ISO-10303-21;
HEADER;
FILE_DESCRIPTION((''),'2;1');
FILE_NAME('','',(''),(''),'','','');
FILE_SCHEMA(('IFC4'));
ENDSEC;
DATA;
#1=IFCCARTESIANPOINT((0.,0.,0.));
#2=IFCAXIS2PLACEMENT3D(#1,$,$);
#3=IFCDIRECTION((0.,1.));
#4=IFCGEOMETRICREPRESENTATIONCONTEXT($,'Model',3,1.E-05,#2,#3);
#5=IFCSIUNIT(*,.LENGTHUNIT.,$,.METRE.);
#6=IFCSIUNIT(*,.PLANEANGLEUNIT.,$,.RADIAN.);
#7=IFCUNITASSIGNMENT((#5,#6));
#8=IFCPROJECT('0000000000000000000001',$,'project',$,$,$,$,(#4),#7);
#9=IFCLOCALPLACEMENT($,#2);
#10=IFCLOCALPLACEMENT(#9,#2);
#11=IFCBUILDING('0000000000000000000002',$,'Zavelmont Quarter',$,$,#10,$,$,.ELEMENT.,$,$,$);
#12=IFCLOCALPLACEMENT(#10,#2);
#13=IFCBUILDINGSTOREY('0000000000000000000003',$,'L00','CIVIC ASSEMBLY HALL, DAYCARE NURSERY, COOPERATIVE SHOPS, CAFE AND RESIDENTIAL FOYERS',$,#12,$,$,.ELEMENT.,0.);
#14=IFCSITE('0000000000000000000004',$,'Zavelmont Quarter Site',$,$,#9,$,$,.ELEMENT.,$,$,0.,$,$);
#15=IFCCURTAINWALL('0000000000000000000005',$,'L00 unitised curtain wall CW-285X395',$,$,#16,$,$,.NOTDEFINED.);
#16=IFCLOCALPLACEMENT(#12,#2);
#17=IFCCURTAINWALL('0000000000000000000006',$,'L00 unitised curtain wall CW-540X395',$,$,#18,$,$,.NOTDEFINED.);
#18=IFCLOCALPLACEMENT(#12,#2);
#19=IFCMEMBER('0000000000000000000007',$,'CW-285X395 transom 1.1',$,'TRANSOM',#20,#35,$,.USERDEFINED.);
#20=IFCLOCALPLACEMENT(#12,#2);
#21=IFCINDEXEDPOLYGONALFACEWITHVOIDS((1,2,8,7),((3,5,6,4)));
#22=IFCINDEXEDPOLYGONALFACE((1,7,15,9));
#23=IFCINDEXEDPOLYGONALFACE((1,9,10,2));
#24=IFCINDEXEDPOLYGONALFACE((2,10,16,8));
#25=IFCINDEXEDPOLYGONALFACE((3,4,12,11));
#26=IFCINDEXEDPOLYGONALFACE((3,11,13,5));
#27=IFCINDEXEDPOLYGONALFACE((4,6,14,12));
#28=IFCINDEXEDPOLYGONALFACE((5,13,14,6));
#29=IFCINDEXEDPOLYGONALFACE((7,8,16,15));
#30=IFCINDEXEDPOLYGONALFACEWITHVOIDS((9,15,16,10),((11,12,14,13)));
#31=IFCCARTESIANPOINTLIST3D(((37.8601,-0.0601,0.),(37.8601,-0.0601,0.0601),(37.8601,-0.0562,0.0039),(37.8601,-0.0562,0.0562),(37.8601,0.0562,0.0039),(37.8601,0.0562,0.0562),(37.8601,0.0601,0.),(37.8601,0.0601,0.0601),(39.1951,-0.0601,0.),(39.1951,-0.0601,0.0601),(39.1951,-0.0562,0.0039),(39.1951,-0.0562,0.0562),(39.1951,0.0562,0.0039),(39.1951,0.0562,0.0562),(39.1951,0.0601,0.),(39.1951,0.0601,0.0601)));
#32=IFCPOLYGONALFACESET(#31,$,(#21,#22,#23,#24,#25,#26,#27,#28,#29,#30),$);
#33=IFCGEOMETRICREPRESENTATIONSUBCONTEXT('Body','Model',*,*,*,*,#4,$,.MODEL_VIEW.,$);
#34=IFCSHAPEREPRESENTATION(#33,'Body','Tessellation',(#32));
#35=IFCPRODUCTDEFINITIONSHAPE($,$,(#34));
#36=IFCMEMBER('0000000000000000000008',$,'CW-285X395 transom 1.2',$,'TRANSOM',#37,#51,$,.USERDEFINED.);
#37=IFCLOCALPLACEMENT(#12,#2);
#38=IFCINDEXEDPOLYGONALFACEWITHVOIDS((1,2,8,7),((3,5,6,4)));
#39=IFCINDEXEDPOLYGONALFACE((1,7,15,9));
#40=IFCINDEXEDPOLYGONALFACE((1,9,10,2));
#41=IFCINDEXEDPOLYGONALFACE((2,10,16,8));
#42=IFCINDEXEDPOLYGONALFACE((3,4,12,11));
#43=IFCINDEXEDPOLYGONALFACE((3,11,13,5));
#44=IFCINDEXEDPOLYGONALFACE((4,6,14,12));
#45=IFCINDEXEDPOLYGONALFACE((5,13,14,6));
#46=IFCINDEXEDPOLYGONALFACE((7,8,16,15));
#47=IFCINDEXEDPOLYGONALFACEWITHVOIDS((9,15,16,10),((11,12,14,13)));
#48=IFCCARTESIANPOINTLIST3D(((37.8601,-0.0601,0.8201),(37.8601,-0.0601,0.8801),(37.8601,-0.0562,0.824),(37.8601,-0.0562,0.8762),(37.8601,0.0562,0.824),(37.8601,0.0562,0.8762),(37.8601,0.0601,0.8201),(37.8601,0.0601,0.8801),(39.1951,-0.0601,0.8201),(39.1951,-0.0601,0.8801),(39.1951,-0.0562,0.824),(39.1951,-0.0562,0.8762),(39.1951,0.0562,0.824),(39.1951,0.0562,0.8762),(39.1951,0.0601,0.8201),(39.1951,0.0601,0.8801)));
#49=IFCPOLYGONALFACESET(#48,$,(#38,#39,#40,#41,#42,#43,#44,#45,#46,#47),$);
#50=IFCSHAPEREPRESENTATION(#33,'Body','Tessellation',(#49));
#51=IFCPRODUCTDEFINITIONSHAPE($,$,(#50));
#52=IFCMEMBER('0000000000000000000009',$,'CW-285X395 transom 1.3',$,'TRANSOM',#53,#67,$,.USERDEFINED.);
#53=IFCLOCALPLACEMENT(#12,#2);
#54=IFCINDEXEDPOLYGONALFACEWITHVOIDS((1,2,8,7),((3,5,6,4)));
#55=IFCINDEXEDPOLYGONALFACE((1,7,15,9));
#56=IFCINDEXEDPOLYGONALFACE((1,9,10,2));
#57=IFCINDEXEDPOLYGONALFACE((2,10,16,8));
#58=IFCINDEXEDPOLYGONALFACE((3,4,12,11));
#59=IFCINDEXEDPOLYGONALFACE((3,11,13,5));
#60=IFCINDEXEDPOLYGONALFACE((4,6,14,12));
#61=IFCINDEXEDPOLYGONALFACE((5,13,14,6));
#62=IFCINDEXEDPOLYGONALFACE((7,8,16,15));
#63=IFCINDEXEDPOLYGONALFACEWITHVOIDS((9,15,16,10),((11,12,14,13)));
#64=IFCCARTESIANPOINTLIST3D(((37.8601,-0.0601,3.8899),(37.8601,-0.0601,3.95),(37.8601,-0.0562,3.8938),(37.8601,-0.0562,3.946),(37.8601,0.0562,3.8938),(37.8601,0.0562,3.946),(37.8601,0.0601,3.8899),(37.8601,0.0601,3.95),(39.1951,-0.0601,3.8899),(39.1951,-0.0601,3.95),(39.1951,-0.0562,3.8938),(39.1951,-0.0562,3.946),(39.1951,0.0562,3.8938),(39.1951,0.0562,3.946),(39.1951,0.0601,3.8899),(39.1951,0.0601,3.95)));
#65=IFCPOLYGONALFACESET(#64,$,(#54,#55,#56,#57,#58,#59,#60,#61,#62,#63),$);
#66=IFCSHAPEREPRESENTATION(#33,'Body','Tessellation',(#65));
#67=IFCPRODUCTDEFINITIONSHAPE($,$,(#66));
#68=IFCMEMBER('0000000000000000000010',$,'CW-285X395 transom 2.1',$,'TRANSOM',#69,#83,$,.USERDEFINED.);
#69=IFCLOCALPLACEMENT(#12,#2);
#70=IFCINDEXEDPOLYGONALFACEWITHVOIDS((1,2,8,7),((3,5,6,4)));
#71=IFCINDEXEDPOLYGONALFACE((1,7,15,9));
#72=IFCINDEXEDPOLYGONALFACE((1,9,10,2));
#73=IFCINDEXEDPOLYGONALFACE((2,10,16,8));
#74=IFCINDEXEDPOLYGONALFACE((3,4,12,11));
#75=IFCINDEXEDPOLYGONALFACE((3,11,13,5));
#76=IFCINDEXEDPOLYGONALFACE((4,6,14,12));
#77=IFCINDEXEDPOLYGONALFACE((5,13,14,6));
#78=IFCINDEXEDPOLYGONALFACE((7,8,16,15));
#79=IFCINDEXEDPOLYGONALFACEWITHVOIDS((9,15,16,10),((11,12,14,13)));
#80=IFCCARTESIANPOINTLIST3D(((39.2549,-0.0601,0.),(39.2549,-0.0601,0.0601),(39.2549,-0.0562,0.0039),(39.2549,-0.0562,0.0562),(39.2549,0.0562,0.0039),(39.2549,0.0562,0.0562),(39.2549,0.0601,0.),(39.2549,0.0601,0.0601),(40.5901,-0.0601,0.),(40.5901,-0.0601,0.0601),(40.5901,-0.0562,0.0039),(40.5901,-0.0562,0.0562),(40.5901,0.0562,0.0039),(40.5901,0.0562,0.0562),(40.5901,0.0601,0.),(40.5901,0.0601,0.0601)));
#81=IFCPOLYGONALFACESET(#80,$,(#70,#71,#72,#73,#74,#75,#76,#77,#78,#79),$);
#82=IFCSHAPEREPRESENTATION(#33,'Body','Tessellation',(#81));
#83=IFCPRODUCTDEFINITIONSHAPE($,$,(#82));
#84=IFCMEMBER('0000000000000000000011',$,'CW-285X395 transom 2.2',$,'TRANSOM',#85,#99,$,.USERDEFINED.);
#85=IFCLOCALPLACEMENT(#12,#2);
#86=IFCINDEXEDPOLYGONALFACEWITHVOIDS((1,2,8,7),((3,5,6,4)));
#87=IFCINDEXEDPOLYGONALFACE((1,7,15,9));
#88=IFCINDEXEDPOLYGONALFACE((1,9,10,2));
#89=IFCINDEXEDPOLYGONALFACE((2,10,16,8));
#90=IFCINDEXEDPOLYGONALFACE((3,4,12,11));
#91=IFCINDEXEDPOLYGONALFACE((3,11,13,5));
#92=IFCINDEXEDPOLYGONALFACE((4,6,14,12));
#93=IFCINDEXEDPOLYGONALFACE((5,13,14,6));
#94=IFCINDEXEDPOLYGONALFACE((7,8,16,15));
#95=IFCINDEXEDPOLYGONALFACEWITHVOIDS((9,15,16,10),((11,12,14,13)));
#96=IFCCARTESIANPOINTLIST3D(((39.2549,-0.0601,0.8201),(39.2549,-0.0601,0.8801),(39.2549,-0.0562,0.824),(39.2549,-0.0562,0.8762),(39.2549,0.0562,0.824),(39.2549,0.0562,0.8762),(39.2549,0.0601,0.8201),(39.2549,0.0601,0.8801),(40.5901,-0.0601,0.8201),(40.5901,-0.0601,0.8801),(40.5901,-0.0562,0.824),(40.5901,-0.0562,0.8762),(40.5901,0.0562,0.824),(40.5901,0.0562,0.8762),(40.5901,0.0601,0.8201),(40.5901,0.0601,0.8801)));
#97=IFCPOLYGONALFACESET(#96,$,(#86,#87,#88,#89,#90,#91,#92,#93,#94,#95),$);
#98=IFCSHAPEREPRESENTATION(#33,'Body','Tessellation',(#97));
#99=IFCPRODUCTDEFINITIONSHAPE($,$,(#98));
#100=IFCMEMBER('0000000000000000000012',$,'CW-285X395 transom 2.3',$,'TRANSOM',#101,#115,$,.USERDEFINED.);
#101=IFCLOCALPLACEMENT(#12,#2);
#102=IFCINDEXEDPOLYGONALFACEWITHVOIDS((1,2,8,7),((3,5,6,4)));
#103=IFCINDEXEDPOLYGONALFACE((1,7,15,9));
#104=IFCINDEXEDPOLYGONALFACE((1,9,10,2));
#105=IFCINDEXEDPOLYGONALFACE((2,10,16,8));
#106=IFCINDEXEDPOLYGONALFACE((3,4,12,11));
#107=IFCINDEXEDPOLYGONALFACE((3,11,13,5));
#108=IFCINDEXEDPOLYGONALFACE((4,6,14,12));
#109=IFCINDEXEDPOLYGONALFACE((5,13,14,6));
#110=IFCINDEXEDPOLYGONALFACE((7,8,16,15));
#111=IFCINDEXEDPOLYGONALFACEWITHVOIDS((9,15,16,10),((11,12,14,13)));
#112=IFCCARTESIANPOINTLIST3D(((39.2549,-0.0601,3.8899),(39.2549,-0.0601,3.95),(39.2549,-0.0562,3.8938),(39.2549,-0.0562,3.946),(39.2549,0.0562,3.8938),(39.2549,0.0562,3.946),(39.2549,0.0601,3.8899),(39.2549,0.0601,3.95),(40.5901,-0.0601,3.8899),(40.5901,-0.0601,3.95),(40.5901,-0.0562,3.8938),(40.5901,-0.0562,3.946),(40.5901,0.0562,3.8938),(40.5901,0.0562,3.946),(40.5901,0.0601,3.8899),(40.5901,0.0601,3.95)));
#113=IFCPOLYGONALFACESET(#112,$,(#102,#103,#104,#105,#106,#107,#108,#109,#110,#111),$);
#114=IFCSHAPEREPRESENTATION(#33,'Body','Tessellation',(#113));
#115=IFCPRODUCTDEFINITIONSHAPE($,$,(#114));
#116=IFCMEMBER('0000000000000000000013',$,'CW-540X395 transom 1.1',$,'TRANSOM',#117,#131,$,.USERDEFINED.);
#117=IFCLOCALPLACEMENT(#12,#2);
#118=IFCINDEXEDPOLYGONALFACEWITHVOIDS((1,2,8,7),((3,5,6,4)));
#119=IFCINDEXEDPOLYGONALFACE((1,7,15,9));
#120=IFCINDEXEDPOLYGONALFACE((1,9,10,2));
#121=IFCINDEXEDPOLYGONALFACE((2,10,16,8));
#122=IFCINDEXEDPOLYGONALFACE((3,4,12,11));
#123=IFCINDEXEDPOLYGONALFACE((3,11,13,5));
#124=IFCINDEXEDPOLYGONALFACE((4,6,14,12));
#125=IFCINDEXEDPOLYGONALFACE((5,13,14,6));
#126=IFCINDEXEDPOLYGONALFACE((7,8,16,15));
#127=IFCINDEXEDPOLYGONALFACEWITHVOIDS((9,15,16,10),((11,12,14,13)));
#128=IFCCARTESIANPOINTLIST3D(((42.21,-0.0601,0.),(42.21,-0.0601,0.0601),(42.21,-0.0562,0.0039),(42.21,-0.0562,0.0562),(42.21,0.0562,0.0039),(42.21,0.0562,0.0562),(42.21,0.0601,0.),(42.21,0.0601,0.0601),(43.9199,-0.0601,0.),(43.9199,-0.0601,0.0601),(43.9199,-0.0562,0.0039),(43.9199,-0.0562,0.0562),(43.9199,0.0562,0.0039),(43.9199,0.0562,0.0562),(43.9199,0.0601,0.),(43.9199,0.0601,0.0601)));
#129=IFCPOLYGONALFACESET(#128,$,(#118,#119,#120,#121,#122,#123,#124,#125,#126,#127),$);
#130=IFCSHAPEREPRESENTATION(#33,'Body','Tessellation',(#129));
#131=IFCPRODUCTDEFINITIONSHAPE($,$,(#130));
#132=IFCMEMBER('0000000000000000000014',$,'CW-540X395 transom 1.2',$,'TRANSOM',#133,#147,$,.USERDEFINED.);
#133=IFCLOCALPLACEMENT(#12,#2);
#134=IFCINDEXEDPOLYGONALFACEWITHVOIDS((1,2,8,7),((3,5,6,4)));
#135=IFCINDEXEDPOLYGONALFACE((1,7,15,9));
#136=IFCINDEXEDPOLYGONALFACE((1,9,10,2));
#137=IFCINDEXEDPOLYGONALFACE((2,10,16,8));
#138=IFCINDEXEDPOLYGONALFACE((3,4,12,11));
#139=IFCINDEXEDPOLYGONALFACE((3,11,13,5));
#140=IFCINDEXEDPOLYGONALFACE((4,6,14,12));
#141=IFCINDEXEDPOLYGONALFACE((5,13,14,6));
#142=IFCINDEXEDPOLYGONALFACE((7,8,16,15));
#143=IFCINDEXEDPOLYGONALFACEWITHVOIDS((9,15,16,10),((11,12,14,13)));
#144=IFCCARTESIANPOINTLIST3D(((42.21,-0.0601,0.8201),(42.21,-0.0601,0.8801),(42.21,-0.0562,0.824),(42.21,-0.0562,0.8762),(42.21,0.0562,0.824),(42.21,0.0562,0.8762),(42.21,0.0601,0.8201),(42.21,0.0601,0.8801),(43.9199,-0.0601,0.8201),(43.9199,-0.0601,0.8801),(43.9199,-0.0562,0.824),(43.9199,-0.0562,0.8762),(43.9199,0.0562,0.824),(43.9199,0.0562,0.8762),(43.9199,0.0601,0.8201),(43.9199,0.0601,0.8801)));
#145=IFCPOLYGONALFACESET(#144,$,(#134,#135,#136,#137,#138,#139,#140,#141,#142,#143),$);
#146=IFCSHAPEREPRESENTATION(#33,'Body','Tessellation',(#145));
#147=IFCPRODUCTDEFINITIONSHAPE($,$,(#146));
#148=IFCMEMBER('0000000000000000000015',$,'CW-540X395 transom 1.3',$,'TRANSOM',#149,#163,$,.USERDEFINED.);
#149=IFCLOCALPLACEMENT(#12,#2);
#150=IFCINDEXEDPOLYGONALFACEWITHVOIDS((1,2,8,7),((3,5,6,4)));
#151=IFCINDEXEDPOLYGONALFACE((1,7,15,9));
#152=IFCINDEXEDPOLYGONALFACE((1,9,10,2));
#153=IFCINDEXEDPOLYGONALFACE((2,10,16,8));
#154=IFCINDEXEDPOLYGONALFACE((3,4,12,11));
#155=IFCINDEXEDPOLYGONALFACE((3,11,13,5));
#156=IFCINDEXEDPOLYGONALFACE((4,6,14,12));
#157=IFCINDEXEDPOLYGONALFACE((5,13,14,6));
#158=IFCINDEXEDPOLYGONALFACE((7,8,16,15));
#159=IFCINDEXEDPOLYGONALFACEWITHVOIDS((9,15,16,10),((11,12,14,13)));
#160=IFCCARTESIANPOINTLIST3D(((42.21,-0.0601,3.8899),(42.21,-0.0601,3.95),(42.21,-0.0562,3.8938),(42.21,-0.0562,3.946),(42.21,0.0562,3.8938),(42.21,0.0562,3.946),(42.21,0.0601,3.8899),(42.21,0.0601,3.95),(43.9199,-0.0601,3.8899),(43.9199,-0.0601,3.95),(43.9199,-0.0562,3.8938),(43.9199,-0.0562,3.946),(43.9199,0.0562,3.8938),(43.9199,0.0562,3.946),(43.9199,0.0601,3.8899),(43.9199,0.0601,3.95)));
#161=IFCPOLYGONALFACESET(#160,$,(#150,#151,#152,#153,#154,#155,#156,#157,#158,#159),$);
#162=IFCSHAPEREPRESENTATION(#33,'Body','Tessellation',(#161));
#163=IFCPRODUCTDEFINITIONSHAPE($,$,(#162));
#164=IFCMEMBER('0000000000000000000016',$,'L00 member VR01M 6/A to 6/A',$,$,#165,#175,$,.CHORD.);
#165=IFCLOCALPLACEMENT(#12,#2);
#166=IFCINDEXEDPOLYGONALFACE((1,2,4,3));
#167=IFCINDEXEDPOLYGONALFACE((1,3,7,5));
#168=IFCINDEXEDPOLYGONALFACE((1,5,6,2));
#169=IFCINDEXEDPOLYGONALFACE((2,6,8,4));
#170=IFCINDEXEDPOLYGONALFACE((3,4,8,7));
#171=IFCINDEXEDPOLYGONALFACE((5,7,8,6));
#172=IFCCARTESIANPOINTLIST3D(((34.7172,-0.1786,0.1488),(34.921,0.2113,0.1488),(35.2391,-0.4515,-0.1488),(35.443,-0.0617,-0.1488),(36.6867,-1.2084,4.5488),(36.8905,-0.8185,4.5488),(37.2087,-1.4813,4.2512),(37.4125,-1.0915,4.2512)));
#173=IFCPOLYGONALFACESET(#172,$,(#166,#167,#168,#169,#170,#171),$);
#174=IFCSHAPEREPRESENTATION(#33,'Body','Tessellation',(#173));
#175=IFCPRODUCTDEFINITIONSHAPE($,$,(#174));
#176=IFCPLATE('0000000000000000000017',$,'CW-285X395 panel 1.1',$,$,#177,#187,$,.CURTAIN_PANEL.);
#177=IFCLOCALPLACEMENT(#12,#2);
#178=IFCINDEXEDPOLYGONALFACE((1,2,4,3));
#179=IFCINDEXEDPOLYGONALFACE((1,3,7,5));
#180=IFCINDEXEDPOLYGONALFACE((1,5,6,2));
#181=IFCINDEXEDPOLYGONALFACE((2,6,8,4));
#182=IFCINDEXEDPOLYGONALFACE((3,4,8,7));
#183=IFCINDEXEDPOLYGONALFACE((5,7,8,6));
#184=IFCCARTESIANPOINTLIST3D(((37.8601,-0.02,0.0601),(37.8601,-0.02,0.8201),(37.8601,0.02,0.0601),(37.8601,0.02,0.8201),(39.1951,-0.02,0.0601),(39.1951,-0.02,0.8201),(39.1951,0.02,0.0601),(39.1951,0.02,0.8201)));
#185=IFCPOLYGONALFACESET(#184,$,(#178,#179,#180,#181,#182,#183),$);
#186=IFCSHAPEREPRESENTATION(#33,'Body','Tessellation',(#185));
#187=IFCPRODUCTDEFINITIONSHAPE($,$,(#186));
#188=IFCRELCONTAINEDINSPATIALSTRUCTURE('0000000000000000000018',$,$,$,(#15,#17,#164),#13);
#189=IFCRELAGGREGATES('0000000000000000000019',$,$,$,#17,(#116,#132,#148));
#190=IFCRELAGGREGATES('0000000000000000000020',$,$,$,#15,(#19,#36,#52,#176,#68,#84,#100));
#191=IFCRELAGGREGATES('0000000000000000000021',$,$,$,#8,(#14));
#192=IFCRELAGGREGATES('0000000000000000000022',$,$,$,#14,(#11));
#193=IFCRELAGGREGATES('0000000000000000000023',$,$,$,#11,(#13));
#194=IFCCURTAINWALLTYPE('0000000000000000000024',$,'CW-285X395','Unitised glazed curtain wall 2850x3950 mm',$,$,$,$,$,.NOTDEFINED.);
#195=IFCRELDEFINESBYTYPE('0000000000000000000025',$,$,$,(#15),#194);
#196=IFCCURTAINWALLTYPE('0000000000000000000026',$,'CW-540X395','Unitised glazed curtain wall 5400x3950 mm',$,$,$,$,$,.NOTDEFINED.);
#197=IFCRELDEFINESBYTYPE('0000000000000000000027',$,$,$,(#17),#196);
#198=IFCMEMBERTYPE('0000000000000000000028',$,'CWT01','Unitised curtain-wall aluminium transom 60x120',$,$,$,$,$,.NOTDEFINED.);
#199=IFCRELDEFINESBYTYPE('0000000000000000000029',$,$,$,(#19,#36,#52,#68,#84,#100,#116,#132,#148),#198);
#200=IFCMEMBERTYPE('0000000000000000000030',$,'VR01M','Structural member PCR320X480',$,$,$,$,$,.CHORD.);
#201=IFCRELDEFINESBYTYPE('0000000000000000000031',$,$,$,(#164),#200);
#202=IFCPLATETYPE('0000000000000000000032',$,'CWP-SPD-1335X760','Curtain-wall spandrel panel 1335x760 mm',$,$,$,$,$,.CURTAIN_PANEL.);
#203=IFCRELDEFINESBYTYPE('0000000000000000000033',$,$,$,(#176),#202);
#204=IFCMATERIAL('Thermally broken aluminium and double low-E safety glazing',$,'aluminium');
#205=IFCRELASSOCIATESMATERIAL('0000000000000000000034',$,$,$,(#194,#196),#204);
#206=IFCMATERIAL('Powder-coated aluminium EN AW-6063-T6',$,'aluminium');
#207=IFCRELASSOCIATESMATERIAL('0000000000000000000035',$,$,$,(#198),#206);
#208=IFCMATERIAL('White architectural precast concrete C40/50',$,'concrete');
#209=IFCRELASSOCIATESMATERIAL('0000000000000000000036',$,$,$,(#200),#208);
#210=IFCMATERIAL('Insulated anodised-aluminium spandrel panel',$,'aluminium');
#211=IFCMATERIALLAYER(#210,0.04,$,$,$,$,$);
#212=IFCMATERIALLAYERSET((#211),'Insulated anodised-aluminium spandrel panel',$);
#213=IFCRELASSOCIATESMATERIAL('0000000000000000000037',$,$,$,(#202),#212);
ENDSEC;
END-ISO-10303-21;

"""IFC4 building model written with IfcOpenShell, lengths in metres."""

from ifc_helpers import new_model, si_unit, direction, frame, origin, origin_2d, place, context, subcontext, project, spatial, rectangle, hollow_rectangle, extrude, material, layer, layer_set, material_profile, profile_set, type_object, element, aggregate, save


model = new_model("IFC4")

# Units and contexts
model_context = context("Model", 3, precision=1e-05, world=origin(), true_north=direction((0.0, 1.0)))
body_context = subcontext(model_context, "Body", "Model", "MODEL_VIEW")
ifc_project = project(units=[si_unit("LENGTHUNIT", "METRE"), si_unit("PLANEANGLEUNIT", "RADIAN")], contexts=[model_context])

# Site, building, storey
site_placement = place(None, origin())
site = spatial("IfcSite", under=ifc_project, at=site_placement, Name="Zavelmont Quarter Site", CompositionType="ELEMENT", RefElevation=0.0)
building_placement = place(site_placement, origin())
building = spatial("IfcBuilding", under=site, at=building_placement, Name="Zavelmont Quarter", CompositionType="ELEMENT")
storey_placement = place(building_placement, origin())
storey = spatial("IfcBuildingStorey", under=building, at=storey_placement, Name="L00", Description="CIVIC ASSEMBLY HALL, DAYCARE NURSERY, COOPERATIVE SHOPS, CAFE AND RESIDENTIAL FOYERS", CompositionType="ELEMENT", Elevation=0.0)

# Curtain wall
ifc_material_1 = material(Name="Thermally broken aluminium and double low-E safety glazing", Category="aluminium")
curtain_wall_type_1 = type_object("IfcCurtainWallType", Name="CW-285X395", Description="Unitised glazed curtain wall 2850x3950 mm", PredefinedType="NOTDEFINED", material=ifc_material_1)
curtain_wall_1_placement = place(storey_placement, origin())
curtain_wall_1 = element("IfcCurtainWall", 1, at=curtain_wall_1_placement, inside=storey, type_object=curtain_wall_type_1, Name="L00 unitised curtain wall CW-285X395", PredefinedType="NOTDEFINED")
ifc_material_2 = material(Name="Powder-coated aluminium EN AW-6063-T6", Category="aluminium")

# Curtain wall
curtain_wall_type_2 = type_object("IfcCurtainWallType", Name="CW-540X395", Description="Unitised glazed curtain wall 5400x3950 mm", PredefinedType="NOTDEFINED", material=ifc_material_1)
curtain_wall_2_placement = place(storey_placement, origin())
curtain_wall_2 = element("IfcCurtainWall", 2, at=curtain_wall_2_placement, inside=storey, type_object=curtain_wall_type_2, Name="L00 unitised curtain wall CW-540X395", PredefinedType="NOTDEFINED")

# Members
ifc_material_profile_1 = material_profile(ifc_material_2, hollow_rectangle(XDim=0.1201, YDim=0.0601, WallThickness=0.0039, at=origin_2d()), Name="CWT60X120")
ifc_profile_set_1 = profile_set([ifc_material_profile_1], Name="Powder-coated aluminium EN AW-6063-T6")
member_type_1 = type_object("IfcMemberType", Name="CWT01", Description="Unitised curtain-wall aluminium transom 60x120", PredefinedType="NOTDEFINED", material=ifc_profile_set_1)
member_1_placement = place(storey_placement, frame((37.8601, 0.0, 0.03), z_axis=(1.0, 0.0, 0.0), x_axis=(0.0, 1.0, 0.0)))
member_1 = element("IfcMember", 3, at=member_1_placement, type_object=member_type_1, Name="CW-285X395 transom 1.1", ObjectType="TRANSOM", PredefinedType="USERDEFINED", context=body_context, shape_type="SweptSolid", body=[
    extrude(hollow_rectangle(XDim=0.1201, YDim=0.0601, WallThickness=0.0039, at=origin_2d()), origin(), (0.0, 0.0, 1.0), 1.335),
])
member_2_placement = place(storey_placement, frame((37.8601, 0.0, 0.8501), z_axis=(1.0, 0.0, 0.0), x_axis=(0.0, 1.0, 0.0)))
member_2 = element("IfcMember", 4, at=member_2_placement, type_object=member_type_1, Name="CW-285X395 transom 1.2", ObjectType="TRANSOM", PredefinedType="USERDEFINED", context=body_context, shape_type="SweptSolid", body=[
    extrude(hollow_rectangle(XDim=0.1201, YDim=0.0601, WallThickness=0.0039, at=origin_2d()), origin(), (0.0, 0.0, 1.0), 1.335),
])
member_3_placement = place(storey_placement, frame((37.8601, 0.0, 3.9199), z_axis=(1.0, 0.0, 0.0), x_axis=(0.0, 1.0, 0.0)))
member_3 = element("IfcMember", 5, at=member_3_placement, type_object=member_type_1, Name="CW-285X395 transom 1.3", ObjectType="TRANSOM", PredefinedType="USERDEFINED", context=body_context, shape_type="SweptSolid", body=[
    extrude(hollow_rectangle(XDim=0.1201, YDim=0.0601, WallThickness=0.0039, at=origin_2d()), origin(), (0.0, 0.0, 1.0), 1.335),
])
member_4_placement = place(storey_placement, frame((39.2549, 0.0, 0.03), z_axis=(1.0, 0.0, 0.0), x_axis=(0.0, 1.0, 0.0)))
member_4 = element("IfcMember", 6, at=member_4_placement, type_object=member_type_1, Name="CW-285X395 transom 2.1", ObjectType="TRANSOM", PredefinedType="USERDEFINED", context=body_context, shape_type="SweptSolid", body=[
    extrude(hollow_rectangle(XDim=0.1201, YDim=0.0601, WallThickness=0.0039, at=origin_2d()), origin(), (0.0, 0.0, 1.0), 1.3352),
])
member_5_placement = place(storey_placement, frame((39.2549, 0.0, 0.8501), z_axis=(1.0, 0.0, 0.0), x_axis=(0.0, 1.0, 0.0)))
member_5 = element("IfcMember", 7, at=member_5_placement, type_object=member_type_1, Name="CW-285X395 transom 2.2", ObjectType="TRANSOM", PredefinedType="USERDEFINED", context=body_context, shape_type="SweptSolid", body=[
    extrude(hollow_rectangle(XDim=0.1201, YDim=0.0601, WallThickness=0.0039, at=origin_2d()), origin(), (0.0, 0.0, 1.0), 1.3352),
])
member_6_placement = place(storey_placement, frame((39.2549, 0.0, 3.9199), z_axis=(1.0, 0.0, 0.0), x_axis=(0.0, 1.0, 0.0)))
member_6 = element("IfcMember", 8, at=member_6_placement, type_object=member_type_1, Name="CW-285X395 transom 2.3", ObjectType="TRANSOM", PredefinedType="USERDEFINED", context=body_context, shape_type="SweptSolid", body=[
    extrude(hollow_rectangle(XDim=0.1201, YDim=0.0601, WallThickness=0.0039, at=origin_2d()), origin(), (0.0, 0.0, 1.0), 1.3352),
])
member_7_placement = place(storey_placement, frame((42.21, 0.0, 0.03), z_axis=(1.0, 0.0, 0.0), x_axis=(0.0, 1.0, 0.0)))
member_7 = element("IfcMember", 9, at=member_7_placement, type_object=member_type_1, Name="CW-540X395 transom 1.1", ObjectType="TRANSOM", PredefinedType="USERDEFINED", context=body_context, shape_type="SweptSolid", body=[
    extrude(hollow_rectangle(XDim=0.1201, YDim=0.0601, WallThickness=0.0039, at=origin_2d()), origin(), (0.0, 0.0, 1.0), 1.71),
])
member_8_placement = place(storey_placement, frame((42.21, 0.0, 0.8501), z_axis=(1.0, 0.0, 0.0), x_axis=(0.0, 1.0, 0.0)))
member_8 = element("IfcMember", 10, at=member_8_placement, type_object=member_type_1, Name="CW-540X395 transom 1.2", ObjectType="TRANSOM", PredefinedType="USERDEFINED", context=body_context, shape_type="SweptSolid", body=[
    extrude(hollow_rectangle(XDim=0.1201, YDim=0.0601, WallThickness=0.0039, at=origin_2d()), origin(), (0.0, 0.0, 1.0), 1.71),
])
member_9_placement = place(storey_placement, frame((42.21, 0.0, 3.9199), z_axis=(1.0, 0.0, 0.0), x_axis=(0.0, 1.0, 0.0)))
member_9 = element("IfcMember", 11, at=member_9_placement, type_object=member_type_1, Name="CW-540X395 transom 1.3", ObjectType="TRANSOM", PredefinedType="USERDEFINED", context=body_context, shape_type="SweptSolid", body=[
    extrude(hollow_rectangle(XDim=0.1201, YDim=0.0601, WallThickness=0.0039, at=origin_2d()), origin(), (0.0, 0.0, 1.0), 1.71),
])
aggregate(curtain_wall_2, [member_7, member_8, member_9])
ifc_material_3 = material(Name="White architectural precast concrete C40/50", Category="concrete")
ifc_material_profile_2 = material_profile(ifc_material_3, rectangle(XDim=0.4399, YDim=0.6599, at=origin_2d()), Name="PCR320X480")
ifc_profile_set_2 = profile_set([ifc_material_profile_2], Name="White architectural precast concrete C40/50")
member_type_2 = type_object("IfcMemberType", Name="VR01M", Description="Structural member PCR320X480", PredefinedType="CHORD", material=ifc_profile_set_2)
member_10_placement = place(storey_placement, frame((35.0801, -0.1201, 0.0), z_axis=(0.399542, -0.208909, 0.892593), x_axis=(0.463354, 0.886173, 0.0)))
element("IfcMember", 12, at=member_10_placement, inside=storey, type_object=member_type_2, Name="L00 member VR01M 6/A to 6/A", PredefinedType="CHORD", context=body_context, shape_type="SweptSolid", body=[
    extrude(rectangle(XDim=0.4399, YDim=0.6599, at=origin_2d()), origin(), (0.0, 0.0, 1.0), 4.9294),
])

# Plate
ifc_material_4 = material(Name="Insulated anodised-aluminium spandrel panel", Category="aluminium")
ifc_layer_1 = layer(ifc_material_4, 0.04)
ifc_layer_set_1 = layer_set([ifc_layer_1], Name="Insulated anodised-aluminium spandrel panel")
plate_type_1 = type_object("IfcPlateType", Name="CWP-SPD-1335X760", Description="Curtain-wall spandrel panel 1335x760 mm", PredefinedType="CURTAIN_PANEL", material=ifc_layer_set_1)
plate_1_placement = place(storey_placement, frame((38.5276, 0.0, 0.0601), z_axis=(0.0, 0.0, 1.0), x_axis=(1.0, 0.0, 0.0)))
plate_1 = element("IfcPlate", 13, at=plate_1_placement, type_object=plate_type_1, Name="CW-285X395 panel 1.1", PredefinedType="CURTAIN_PANEL", context=body_context, shape_type="SweptSolid", body=[
    extrude(rectangle(XDim=1.335, YDim=0.04, at=origin_2d()), origin(), (0.0, 0.0, 1.0), 0.76),
])
aggregate(curtain_wall_1, [member_1, member_2, member_3, plate_1, member_4, member_5, member_6])

save(model, "model.ifc")
